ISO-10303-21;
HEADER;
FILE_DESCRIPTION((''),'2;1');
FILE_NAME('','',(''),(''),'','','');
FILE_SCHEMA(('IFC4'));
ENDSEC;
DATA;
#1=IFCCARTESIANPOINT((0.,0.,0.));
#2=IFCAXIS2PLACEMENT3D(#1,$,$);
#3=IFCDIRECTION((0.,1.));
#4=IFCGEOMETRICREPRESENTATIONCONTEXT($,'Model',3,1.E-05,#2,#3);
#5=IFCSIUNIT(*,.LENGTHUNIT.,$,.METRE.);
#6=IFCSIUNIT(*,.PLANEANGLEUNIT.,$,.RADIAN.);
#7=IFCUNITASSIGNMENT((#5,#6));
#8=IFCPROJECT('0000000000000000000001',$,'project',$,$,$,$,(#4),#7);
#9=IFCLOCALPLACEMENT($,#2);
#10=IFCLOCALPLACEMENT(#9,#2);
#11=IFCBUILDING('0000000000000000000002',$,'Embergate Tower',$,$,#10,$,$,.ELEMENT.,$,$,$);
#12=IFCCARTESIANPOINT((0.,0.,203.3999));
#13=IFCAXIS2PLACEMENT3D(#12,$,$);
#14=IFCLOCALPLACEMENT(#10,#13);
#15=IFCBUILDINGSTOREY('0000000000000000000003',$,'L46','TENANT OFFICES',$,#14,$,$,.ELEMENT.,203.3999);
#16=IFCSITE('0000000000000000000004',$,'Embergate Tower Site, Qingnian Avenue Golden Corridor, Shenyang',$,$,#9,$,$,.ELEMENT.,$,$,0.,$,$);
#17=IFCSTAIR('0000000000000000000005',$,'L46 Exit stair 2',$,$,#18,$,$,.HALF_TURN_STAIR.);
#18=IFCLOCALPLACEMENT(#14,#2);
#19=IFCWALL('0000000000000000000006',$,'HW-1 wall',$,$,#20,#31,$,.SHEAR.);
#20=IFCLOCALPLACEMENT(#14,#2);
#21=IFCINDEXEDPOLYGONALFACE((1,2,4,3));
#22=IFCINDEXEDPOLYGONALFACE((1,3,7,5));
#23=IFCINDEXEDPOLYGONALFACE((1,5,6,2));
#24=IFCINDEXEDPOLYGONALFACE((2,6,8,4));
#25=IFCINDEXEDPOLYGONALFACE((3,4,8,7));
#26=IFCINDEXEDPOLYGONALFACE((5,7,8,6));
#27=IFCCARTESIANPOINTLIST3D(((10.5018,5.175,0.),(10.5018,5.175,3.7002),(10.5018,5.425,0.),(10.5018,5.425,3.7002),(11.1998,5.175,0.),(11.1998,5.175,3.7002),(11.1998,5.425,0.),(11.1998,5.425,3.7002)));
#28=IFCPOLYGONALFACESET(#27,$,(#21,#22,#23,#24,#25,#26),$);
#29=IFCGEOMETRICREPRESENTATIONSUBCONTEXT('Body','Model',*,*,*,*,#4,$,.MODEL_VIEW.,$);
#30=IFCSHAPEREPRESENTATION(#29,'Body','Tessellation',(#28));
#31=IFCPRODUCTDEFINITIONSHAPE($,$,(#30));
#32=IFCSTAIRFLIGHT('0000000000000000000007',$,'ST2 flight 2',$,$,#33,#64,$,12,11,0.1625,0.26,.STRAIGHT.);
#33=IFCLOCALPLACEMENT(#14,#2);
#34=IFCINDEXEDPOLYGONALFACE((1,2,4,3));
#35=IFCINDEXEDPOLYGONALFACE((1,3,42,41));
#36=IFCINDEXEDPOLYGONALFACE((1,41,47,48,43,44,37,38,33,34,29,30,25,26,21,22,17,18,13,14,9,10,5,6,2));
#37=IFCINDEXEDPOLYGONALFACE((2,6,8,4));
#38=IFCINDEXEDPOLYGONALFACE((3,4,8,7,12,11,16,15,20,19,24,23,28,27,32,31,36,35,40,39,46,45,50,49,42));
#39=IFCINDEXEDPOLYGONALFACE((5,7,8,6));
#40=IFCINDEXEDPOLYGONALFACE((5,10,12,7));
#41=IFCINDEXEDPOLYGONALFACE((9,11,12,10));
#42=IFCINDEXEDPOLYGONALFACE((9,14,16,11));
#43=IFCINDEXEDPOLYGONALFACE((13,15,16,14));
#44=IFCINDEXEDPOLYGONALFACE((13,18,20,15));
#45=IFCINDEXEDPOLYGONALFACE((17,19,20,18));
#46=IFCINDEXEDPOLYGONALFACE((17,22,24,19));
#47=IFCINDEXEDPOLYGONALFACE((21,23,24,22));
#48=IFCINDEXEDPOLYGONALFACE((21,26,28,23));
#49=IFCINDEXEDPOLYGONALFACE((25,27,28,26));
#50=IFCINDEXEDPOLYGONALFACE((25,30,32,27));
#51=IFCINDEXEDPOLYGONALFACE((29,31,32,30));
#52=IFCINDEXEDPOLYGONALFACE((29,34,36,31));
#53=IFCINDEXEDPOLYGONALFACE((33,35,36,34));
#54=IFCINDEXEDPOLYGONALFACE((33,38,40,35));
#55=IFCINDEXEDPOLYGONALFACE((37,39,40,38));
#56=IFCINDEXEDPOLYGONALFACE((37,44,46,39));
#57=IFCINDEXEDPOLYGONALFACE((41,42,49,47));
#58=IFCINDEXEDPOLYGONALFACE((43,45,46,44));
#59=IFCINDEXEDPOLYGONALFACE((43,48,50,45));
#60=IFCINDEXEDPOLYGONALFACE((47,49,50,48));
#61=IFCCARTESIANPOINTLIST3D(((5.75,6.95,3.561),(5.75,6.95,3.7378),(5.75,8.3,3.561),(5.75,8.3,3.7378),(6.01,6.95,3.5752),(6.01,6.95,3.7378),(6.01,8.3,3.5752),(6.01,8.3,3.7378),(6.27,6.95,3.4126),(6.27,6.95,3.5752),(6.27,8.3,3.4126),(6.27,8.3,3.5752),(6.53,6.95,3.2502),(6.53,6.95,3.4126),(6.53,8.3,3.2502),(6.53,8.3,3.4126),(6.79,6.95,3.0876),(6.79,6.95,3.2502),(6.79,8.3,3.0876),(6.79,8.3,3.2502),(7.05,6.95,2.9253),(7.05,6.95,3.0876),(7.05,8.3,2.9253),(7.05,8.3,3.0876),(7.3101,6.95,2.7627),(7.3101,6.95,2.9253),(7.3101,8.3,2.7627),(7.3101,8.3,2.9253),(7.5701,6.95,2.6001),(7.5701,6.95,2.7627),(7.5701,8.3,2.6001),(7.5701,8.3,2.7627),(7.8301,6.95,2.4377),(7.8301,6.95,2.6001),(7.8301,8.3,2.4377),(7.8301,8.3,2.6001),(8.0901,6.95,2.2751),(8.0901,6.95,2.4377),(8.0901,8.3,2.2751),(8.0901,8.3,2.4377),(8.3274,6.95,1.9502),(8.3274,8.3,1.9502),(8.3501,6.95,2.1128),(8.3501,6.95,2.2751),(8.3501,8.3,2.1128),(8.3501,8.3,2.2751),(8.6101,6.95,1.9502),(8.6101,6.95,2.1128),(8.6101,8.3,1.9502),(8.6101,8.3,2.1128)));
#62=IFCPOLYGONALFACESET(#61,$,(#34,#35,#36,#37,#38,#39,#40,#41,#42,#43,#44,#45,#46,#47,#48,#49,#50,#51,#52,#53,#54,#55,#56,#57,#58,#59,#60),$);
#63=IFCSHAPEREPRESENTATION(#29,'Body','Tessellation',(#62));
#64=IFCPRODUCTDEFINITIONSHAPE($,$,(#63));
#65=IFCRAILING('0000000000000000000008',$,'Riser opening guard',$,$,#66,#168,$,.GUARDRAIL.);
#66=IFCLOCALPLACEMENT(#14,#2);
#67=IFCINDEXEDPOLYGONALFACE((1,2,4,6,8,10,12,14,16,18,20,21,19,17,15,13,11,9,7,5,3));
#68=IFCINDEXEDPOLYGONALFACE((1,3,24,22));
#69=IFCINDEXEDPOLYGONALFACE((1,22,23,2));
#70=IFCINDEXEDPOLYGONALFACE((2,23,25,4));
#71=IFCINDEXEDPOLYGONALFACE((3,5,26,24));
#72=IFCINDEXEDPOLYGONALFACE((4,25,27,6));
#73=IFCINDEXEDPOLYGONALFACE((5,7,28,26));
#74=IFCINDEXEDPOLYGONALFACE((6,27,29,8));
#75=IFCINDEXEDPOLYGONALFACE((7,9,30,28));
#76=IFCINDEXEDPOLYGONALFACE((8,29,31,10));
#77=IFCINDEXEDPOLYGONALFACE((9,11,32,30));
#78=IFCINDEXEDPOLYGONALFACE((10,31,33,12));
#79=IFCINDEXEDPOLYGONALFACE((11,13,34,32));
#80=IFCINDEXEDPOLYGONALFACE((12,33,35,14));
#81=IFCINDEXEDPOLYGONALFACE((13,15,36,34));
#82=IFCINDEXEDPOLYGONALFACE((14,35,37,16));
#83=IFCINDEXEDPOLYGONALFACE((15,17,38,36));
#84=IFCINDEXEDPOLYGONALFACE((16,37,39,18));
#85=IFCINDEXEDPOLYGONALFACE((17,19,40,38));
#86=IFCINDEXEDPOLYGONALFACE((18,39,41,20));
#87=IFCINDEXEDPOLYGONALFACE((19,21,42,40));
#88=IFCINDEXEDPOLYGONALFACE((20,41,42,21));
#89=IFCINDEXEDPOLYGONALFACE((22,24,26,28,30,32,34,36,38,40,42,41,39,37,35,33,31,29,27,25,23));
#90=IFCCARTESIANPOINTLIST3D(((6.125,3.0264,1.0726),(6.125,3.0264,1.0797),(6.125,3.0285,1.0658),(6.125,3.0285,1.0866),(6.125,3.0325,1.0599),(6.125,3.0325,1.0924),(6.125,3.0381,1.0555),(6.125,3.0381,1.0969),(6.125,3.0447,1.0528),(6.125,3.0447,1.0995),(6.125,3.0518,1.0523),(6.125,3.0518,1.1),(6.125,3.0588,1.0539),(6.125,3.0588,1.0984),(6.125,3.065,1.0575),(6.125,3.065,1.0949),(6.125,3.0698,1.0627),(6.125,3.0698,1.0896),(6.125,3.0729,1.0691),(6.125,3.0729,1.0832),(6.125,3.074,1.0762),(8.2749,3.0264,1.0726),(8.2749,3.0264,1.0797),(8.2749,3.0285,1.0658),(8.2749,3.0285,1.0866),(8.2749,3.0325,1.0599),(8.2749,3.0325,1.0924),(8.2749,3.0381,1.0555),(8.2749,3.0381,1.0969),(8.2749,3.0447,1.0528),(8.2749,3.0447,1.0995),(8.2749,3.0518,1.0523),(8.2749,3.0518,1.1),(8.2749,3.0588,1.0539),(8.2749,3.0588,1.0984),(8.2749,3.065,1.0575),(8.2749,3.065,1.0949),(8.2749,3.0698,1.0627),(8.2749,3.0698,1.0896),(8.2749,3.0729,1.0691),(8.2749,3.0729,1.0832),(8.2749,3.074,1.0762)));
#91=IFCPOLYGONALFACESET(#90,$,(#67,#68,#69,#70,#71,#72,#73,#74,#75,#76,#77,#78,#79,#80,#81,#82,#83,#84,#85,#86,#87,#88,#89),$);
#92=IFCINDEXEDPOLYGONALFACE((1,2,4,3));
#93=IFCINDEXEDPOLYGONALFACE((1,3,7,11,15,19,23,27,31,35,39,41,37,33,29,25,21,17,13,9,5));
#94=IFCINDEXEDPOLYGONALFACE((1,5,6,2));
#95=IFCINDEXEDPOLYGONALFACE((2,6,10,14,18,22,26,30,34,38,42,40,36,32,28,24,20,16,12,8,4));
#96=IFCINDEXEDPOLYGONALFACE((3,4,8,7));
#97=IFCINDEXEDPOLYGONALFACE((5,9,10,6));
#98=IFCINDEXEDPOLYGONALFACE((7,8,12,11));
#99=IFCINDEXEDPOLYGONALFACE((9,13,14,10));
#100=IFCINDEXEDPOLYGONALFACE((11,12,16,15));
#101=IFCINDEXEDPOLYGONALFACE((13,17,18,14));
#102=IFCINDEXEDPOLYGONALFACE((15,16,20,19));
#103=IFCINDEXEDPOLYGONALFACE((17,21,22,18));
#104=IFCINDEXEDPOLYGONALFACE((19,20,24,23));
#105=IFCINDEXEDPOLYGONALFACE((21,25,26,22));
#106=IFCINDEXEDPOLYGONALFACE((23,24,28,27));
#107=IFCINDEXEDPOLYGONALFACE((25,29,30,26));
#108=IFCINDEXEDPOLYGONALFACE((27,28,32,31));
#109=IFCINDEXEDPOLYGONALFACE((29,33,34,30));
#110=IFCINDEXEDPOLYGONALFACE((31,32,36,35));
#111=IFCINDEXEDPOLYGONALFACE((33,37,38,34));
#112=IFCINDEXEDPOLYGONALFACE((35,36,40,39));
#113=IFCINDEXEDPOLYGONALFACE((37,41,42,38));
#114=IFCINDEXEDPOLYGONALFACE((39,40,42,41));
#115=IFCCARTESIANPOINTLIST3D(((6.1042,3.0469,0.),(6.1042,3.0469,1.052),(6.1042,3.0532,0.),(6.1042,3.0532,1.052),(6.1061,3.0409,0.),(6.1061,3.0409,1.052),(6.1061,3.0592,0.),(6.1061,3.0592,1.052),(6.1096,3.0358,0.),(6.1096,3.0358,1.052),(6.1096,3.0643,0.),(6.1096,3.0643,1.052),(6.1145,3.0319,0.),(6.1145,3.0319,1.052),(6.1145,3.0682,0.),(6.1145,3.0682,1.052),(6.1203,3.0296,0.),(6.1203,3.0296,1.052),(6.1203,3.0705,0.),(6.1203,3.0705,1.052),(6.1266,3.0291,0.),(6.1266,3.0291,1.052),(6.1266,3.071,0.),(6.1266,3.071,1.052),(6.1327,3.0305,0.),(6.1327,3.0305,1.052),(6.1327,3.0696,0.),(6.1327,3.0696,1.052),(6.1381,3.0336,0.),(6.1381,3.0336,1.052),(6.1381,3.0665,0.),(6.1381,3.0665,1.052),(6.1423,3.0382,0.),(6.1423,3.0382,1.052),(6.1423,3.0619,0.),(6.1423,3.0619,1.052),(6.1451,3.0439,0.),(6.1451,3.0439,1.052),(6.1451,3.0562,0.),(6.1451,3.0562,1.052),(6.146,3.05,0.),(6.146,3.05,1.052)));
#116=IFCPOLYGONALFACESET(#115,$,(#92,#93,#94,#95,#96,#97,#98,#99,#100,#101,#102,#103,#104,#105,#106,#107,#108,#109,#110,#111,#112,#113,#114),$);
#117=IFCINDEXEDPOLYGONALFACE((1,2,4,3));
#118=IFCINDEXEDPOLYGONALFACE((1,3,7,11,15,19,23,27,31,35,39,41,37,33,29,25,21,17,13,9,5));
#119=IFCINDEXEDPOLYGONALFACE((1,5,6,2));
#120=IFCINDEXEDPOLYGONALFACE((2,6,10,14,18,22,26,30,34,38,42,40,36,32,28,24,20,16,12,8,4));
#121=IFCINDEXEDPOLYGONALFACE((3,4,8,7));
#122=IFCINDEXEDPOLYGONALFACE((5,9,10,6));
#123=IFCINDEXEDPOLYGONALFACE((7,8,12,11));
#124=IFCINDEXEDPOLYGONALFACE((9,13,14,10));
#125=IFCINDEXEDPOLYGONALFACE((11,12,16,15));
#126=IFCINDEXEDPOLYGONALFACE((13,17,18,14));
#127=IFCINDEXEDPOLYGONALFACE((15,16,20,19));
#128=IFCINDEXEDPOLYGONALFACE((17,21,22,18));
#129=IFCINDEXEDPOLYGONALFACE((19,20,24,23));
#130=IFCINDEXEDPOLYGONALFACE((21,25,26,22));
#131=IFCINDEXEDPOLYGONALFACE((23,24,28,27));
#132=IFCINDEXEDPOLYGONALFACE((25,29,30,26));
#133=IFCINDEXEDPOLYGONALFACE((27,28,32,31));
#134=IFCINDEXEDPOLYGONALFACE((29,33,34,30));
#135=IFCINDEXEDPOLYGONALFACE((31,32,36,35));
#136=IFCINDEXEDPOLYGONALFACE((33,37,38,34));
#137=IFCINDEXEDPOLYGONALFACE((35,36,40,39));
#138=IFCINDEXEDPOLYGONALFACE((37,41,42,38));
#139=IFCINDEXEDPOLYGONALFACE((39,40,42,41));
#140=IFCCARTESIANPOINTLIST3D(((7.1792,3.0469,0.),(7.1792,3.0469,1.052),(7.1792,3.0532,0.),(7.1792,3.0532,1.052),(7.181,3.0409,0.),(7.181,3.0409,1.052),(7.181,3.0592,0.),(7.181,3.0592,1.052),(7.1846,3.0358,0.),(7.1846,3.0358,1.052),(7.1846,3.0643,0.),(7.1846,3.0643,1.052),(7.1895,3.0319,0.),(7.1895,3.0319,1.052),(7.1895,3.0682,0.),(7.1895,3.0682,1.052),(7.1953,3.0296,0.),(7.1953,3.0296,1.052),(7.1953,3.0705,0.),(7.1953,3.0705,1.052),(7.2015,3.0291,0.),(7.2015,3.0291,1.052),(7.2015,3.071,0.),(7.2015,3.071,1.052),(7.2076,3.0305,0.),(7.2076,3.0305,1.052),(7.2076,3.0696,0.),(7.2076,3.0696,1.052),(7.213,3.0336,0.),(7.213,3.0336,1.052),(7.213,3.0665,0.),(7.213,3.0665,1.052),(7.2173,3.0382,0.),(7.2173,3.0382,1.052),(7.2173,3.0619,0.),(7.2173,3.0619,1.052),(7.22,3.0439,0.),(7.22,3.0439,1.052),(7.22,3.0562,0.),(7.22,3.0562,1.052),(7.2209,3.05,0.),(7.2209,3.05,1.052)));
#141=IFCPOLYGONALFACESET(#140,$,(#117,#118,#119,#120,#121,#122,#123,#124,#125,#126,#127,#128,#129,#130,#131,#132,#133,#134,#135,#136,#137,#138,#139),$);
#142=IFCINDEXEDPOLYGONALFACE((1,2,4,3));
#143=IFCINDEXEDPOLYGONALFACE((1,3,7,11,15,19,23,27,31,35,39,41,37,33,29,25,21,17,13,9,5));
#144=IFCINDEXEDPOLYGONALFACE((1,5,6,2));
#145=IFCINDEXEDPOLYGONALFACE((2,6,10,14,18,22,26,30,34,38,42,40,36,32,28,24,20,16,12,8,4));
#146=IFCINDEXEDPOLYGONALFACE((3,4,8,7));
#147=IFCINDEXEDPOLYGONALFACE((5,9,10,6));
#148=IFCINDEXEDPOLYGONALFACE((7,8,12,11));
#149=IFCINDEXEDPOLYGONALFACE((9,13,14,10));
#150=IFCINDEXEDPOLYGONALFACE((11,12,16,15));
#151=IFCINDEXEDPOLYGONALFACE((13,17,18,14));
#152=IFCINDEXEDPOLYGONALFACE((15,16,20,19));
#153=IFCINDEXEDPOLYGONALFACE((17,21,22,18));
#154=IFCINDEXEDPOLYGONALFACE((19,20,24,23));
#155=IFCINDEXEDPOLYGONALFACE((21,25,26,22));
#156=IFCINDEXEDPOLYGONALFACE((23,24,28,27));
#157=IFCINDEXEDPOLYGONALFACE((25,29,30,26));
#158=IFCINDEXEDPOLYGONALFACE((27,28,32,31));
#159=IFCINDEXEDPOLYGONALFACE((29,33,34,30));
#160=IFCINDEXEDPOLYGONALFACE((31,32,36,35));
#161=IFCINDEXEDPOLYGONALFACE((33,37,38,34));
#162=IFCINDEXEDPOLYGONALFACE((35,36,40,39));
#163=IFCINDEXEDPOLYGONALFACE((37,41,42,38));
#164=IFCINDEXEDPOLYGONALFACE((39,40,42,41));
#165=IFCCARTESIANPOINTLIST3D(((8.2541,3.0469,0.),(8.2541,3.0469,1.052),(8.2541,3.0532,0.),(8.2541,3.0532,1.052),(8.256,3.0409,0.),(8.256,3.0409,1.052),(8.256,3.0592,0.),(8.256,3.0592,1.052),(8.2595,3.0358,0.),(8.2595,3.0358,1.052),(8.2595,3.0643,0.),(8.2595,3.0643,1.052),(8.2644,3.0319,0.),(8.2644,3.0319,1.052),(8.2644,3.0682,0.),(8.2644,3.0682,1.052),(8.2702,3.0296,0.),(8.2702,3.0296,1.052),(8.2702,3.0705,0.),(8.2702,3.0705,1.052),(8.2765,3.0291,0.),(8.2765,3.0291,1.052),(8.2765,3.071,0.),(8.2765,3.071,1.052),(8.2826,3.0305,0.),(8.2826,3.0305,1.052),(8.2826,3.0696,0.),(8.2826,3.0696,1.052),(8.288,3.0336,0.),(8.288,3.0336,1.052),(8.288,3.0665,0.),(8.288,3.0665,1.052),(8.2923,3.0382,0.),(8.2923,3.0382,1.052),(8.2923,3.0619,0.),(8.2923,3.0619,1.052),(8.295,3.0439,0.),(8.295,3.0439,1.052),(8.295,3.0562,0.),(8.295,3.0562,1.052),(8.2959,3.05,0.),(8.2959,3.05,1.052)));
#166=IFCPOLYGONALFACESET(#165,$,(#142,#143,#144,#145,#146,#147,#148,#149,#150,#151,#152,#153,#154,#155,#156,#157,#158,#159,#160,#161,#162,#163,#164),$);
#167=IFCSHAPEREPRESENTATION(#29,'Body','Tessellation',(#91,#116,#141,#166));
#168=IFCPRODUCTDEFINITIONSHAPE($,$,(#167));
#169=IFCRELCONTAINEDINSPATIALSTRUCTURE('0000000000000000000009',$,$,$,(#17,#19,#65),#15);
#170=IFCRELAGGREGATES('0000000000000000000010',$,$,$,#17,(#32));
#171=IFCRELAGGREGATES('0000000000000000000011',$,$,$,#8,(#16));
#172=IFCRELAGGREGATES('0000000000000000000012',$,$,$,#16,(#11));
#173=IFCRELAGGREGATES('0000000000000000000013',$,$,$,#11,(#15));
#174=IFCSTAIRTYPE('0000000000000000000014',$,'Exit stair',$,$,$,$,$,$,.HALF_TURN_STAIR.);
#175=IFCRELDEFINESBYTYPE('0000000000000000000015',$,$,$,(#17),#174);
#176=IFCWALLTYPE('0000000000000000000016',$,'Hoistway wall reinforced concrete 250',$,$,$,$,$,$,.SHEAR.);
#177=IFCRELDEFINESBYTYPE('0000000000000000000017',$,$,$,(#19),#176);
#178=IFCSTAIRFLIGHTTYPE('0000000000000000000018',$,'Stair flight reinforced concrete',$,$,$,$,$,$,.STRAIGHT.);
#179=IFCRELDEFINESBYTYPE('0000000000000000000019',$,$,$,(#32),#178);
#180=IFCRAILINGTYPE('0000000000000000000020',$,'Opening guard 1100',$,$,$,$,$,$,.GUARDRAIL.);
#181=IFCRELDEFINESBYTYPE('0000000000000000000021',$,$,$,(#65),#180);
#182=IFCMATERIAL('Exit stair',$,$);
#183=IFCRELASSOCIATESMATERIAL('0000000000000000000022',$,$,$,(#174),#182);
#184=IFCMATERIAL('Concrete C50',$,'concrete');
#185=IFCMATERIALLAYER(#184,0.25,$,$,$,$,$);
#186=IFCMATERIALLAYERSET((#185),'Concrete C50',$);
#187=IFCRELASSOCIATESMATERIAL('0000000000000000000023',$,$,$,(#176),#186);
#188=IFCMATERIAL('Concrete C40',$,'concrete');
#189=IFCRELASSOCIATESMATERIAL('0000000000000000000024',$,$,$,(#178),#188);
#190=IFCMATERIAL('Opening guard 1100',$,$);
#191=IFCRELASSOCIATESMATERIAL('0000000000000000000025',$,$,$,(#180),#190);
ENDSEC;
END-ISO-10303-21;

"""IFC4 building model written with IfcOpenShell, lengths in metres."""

from ifc_helpers import new_model, si_unit, direction, frame, frame_2d, origin, origin_2d, place, context, subcontext, project, spatial, polyline, rectangle, circle, outline, extrude, source, transform, mapped, material, layer, layer_set, type_object, element, aggregate, save


model = new_model("IFC4")

# Units and contexts
model_context = context("Model", 3, precision=1e-05, world=origin(), true_north=direction((0.0, 1.0)))
body_context = subcontext(model_context, "Body", "Model", "MODEL_VIEW")
ifc_project = project(units=[si_unit("LENGTHUNIT", "METRE"), si_unit("PLANEANGLEUNIT", "RADIAN")], contexts=[model_context])

# Site, building, storey
site_placement = place(None, origin())
site = spatial("IfcSite", under=ifc_project, at=site_placement, Name="Embergate Tower Site, Qingnian Avenue Golden Corridor, Shenyang", CompositionType="ELEMENT", RefElevation=0.0)
building_placement = place(site_placement, origin())
building = spatial("IfcBuilding", under=site, at=building_placement, Name="Embergate Tower", CompositionType="ELEMENT")
storey_placement = place(building_placement, frame((0.0, 0.0, 203.3999)))
storey = spatial("IfcBuildingStorey", under=building, at=storey_placement, Name="L46", Description="TENANT OFFICES", CompositionType="ELEMENT", Elevation=203.3999)

# Stair
ifc_material_1 = material(Name="Exit stair")
stair_type = type_object("IfcStairType", Name="Exit stair", PredefinedType="HALF_TURN_STAIR", material=ifc_material_1)
stair_placement = place(storey_placement, origin())
stair = element("IfcStair", 1, at=stair_placement, inside=storey, type_object=stair_type, Name="L46 Exit stair 2", PredefinedType="HALF_TURN_STAIR")
ifc_material_2 = material(Name="Concrete C40", Category="concrete")

# Shared definitions
ifc_material_3 = material(Name="Concrete C50", Category="concrete")
ifc_layer_1 = layer(ifc_material_3, 0.25)
ifc_layer_set_1 = layer_set([ifc_layer_1], Name="Concrete C50")
wall_type_1 = type_object("IfcWallType", Name="Hoistway wall reinforced concrete 250", PredefinedType="SHEAR", material=ifc_layer_set_1)

# Wall
shared_shape_1 = source(origin(), body_context, "Body", "SweptSolid", [
    extrude(rectangle(XDim=0.698, YDim=0.25, at=frame_2d((0.3491, 0.0))), origin(), (0.0, 0.0, 1.0), 3.7002),
])
wall_1_placement = place(storey_placement, frame((11.2, 5.3, 0.0), z_axis=(0.0, 0.0, 1.0), x_axis=(-1.0, 0.0, 0.0)))
element("IfcWall", 2, at=wall_1_placement, inside=storey, type_object=wall_type_1, Name="HW-1 wall", PredefinedType="SHEAR", context=body_context, shape_type="MappedRepresentation", body=[
    mapped(shared_shape_1, transform((0.0, 0.0, 0.0))),
])

# Stair flight
stair_flight_type = type_object("IfcStairFlightType", Name="Stair flight reinforced concrete", PredefinedType="STRAIGHT", material=ifc_material_2)
shared_shape_2 = source(origin(), body_context, "Body", "SweptSolid", [
    extrude(outline(polyline([(0.0, 0.0), (0.0, 0.1626), (0.26, 0.1626), (0.26, 0.325), (0.52, 0.325), (0.52, 0.4875), (0.78, 0.4875), (0.78, 0.6499), (1.04, 0.6499), (1.04, 0.8125), (1.3, 0.8125), (1.3, 0.9751), (1.5601, 0.9751), (1.5601, 1.1375), (1.8201, 1.1375), (1.8201, 1.3), (2.0801, 1.3), (2.0801, 1.4624), (2.3401, 1.4624), (2.3401, 1.625), (2.6001, 1.625), (2.6001, 1.7876), (2.8601, 1.7876), (2.8601, 1.95), (2.8601, 1.6108), (0.2827, 0.0), (0.0, 0.0)])), frame((0.0, 0.675, 0.0), z_axis=(0.0, -1.0, 0.0), x_axis=(1.0, 0.0, 0.0)), (0.0, 0.0, 1.0), 1.3501),
])
stair_flight_placement = place(storey_placement, frame((8.6101, 7.625, 1.9502), z_axis=(0.0, 0.0, 1.0), x_axis=(-1.0, 0.0, 0.0)))
stair_flight = element("IfcStairFlight", 3, at=stair_flight_placement, type_object=stair_flight_type, Name="ST2 flight 2", NumberOfRisers=12, NumberOfTreads=11, PredefinedType="STRAIGHT", RiserHeight=0.1625, TreadLength=0.26, context=body_context, shape_type="MappedRepresentation", body=[
    mapped(shared_shape_2, transform((0.0, 0.0, 0.0))),
])
aggregate(stair, [stair_flight])

# Railing
ifc_material_4 = material(Name="Opening guard 1100")
railing_type = type_object("IfcRailingType", Name="Opening guard 1100", PredefinedType="GUARDRAIL", material=ifc_material_4)
shared_shape_3 = source(origin(), body_context, "Body", "SweptSolid", [
    extrude(circle(Radius=0.0239, at=origin_2d()), frame((0.0, 0.0, 1.0762), z_axis=(1.0, 0.0, 0.0), x_axis=(0.0, 1.0, 0.0)), (0.0, 0.0, 1.0), 2.1499),
    extrude(circle(Radius=0.021, at=origin_2d()), origin(), (0.0, 0.0, 1.0), 1.052),
    extrude(circle(Radius=0.021, at=origin_2d()), frame((1.075, 0.0, 0.0)), (0.0, 0.0, 1.0), 1.052),
    extrude(circle(Radius=0.021, at=origin_2d()), frame((2.1499, 0.0, 0.0)), (0.0, 0.0, 1.0), 1.052),
])
railing_placement = place(storey_placement, frame((6.125, 3.05, 0.0)))
element("IfcRailing", 4, at=railing_placement, inside=storey, type_object=railing_type, Name="Riser opening guard", PredefinedType="GUARDRAIL", context=body_context, shape_type="MappedRepresentation", body=[
    mapped(shared_shape_3, transform((0.0, 0.0, 0.0))),
])

save(model, "model.ifc")
